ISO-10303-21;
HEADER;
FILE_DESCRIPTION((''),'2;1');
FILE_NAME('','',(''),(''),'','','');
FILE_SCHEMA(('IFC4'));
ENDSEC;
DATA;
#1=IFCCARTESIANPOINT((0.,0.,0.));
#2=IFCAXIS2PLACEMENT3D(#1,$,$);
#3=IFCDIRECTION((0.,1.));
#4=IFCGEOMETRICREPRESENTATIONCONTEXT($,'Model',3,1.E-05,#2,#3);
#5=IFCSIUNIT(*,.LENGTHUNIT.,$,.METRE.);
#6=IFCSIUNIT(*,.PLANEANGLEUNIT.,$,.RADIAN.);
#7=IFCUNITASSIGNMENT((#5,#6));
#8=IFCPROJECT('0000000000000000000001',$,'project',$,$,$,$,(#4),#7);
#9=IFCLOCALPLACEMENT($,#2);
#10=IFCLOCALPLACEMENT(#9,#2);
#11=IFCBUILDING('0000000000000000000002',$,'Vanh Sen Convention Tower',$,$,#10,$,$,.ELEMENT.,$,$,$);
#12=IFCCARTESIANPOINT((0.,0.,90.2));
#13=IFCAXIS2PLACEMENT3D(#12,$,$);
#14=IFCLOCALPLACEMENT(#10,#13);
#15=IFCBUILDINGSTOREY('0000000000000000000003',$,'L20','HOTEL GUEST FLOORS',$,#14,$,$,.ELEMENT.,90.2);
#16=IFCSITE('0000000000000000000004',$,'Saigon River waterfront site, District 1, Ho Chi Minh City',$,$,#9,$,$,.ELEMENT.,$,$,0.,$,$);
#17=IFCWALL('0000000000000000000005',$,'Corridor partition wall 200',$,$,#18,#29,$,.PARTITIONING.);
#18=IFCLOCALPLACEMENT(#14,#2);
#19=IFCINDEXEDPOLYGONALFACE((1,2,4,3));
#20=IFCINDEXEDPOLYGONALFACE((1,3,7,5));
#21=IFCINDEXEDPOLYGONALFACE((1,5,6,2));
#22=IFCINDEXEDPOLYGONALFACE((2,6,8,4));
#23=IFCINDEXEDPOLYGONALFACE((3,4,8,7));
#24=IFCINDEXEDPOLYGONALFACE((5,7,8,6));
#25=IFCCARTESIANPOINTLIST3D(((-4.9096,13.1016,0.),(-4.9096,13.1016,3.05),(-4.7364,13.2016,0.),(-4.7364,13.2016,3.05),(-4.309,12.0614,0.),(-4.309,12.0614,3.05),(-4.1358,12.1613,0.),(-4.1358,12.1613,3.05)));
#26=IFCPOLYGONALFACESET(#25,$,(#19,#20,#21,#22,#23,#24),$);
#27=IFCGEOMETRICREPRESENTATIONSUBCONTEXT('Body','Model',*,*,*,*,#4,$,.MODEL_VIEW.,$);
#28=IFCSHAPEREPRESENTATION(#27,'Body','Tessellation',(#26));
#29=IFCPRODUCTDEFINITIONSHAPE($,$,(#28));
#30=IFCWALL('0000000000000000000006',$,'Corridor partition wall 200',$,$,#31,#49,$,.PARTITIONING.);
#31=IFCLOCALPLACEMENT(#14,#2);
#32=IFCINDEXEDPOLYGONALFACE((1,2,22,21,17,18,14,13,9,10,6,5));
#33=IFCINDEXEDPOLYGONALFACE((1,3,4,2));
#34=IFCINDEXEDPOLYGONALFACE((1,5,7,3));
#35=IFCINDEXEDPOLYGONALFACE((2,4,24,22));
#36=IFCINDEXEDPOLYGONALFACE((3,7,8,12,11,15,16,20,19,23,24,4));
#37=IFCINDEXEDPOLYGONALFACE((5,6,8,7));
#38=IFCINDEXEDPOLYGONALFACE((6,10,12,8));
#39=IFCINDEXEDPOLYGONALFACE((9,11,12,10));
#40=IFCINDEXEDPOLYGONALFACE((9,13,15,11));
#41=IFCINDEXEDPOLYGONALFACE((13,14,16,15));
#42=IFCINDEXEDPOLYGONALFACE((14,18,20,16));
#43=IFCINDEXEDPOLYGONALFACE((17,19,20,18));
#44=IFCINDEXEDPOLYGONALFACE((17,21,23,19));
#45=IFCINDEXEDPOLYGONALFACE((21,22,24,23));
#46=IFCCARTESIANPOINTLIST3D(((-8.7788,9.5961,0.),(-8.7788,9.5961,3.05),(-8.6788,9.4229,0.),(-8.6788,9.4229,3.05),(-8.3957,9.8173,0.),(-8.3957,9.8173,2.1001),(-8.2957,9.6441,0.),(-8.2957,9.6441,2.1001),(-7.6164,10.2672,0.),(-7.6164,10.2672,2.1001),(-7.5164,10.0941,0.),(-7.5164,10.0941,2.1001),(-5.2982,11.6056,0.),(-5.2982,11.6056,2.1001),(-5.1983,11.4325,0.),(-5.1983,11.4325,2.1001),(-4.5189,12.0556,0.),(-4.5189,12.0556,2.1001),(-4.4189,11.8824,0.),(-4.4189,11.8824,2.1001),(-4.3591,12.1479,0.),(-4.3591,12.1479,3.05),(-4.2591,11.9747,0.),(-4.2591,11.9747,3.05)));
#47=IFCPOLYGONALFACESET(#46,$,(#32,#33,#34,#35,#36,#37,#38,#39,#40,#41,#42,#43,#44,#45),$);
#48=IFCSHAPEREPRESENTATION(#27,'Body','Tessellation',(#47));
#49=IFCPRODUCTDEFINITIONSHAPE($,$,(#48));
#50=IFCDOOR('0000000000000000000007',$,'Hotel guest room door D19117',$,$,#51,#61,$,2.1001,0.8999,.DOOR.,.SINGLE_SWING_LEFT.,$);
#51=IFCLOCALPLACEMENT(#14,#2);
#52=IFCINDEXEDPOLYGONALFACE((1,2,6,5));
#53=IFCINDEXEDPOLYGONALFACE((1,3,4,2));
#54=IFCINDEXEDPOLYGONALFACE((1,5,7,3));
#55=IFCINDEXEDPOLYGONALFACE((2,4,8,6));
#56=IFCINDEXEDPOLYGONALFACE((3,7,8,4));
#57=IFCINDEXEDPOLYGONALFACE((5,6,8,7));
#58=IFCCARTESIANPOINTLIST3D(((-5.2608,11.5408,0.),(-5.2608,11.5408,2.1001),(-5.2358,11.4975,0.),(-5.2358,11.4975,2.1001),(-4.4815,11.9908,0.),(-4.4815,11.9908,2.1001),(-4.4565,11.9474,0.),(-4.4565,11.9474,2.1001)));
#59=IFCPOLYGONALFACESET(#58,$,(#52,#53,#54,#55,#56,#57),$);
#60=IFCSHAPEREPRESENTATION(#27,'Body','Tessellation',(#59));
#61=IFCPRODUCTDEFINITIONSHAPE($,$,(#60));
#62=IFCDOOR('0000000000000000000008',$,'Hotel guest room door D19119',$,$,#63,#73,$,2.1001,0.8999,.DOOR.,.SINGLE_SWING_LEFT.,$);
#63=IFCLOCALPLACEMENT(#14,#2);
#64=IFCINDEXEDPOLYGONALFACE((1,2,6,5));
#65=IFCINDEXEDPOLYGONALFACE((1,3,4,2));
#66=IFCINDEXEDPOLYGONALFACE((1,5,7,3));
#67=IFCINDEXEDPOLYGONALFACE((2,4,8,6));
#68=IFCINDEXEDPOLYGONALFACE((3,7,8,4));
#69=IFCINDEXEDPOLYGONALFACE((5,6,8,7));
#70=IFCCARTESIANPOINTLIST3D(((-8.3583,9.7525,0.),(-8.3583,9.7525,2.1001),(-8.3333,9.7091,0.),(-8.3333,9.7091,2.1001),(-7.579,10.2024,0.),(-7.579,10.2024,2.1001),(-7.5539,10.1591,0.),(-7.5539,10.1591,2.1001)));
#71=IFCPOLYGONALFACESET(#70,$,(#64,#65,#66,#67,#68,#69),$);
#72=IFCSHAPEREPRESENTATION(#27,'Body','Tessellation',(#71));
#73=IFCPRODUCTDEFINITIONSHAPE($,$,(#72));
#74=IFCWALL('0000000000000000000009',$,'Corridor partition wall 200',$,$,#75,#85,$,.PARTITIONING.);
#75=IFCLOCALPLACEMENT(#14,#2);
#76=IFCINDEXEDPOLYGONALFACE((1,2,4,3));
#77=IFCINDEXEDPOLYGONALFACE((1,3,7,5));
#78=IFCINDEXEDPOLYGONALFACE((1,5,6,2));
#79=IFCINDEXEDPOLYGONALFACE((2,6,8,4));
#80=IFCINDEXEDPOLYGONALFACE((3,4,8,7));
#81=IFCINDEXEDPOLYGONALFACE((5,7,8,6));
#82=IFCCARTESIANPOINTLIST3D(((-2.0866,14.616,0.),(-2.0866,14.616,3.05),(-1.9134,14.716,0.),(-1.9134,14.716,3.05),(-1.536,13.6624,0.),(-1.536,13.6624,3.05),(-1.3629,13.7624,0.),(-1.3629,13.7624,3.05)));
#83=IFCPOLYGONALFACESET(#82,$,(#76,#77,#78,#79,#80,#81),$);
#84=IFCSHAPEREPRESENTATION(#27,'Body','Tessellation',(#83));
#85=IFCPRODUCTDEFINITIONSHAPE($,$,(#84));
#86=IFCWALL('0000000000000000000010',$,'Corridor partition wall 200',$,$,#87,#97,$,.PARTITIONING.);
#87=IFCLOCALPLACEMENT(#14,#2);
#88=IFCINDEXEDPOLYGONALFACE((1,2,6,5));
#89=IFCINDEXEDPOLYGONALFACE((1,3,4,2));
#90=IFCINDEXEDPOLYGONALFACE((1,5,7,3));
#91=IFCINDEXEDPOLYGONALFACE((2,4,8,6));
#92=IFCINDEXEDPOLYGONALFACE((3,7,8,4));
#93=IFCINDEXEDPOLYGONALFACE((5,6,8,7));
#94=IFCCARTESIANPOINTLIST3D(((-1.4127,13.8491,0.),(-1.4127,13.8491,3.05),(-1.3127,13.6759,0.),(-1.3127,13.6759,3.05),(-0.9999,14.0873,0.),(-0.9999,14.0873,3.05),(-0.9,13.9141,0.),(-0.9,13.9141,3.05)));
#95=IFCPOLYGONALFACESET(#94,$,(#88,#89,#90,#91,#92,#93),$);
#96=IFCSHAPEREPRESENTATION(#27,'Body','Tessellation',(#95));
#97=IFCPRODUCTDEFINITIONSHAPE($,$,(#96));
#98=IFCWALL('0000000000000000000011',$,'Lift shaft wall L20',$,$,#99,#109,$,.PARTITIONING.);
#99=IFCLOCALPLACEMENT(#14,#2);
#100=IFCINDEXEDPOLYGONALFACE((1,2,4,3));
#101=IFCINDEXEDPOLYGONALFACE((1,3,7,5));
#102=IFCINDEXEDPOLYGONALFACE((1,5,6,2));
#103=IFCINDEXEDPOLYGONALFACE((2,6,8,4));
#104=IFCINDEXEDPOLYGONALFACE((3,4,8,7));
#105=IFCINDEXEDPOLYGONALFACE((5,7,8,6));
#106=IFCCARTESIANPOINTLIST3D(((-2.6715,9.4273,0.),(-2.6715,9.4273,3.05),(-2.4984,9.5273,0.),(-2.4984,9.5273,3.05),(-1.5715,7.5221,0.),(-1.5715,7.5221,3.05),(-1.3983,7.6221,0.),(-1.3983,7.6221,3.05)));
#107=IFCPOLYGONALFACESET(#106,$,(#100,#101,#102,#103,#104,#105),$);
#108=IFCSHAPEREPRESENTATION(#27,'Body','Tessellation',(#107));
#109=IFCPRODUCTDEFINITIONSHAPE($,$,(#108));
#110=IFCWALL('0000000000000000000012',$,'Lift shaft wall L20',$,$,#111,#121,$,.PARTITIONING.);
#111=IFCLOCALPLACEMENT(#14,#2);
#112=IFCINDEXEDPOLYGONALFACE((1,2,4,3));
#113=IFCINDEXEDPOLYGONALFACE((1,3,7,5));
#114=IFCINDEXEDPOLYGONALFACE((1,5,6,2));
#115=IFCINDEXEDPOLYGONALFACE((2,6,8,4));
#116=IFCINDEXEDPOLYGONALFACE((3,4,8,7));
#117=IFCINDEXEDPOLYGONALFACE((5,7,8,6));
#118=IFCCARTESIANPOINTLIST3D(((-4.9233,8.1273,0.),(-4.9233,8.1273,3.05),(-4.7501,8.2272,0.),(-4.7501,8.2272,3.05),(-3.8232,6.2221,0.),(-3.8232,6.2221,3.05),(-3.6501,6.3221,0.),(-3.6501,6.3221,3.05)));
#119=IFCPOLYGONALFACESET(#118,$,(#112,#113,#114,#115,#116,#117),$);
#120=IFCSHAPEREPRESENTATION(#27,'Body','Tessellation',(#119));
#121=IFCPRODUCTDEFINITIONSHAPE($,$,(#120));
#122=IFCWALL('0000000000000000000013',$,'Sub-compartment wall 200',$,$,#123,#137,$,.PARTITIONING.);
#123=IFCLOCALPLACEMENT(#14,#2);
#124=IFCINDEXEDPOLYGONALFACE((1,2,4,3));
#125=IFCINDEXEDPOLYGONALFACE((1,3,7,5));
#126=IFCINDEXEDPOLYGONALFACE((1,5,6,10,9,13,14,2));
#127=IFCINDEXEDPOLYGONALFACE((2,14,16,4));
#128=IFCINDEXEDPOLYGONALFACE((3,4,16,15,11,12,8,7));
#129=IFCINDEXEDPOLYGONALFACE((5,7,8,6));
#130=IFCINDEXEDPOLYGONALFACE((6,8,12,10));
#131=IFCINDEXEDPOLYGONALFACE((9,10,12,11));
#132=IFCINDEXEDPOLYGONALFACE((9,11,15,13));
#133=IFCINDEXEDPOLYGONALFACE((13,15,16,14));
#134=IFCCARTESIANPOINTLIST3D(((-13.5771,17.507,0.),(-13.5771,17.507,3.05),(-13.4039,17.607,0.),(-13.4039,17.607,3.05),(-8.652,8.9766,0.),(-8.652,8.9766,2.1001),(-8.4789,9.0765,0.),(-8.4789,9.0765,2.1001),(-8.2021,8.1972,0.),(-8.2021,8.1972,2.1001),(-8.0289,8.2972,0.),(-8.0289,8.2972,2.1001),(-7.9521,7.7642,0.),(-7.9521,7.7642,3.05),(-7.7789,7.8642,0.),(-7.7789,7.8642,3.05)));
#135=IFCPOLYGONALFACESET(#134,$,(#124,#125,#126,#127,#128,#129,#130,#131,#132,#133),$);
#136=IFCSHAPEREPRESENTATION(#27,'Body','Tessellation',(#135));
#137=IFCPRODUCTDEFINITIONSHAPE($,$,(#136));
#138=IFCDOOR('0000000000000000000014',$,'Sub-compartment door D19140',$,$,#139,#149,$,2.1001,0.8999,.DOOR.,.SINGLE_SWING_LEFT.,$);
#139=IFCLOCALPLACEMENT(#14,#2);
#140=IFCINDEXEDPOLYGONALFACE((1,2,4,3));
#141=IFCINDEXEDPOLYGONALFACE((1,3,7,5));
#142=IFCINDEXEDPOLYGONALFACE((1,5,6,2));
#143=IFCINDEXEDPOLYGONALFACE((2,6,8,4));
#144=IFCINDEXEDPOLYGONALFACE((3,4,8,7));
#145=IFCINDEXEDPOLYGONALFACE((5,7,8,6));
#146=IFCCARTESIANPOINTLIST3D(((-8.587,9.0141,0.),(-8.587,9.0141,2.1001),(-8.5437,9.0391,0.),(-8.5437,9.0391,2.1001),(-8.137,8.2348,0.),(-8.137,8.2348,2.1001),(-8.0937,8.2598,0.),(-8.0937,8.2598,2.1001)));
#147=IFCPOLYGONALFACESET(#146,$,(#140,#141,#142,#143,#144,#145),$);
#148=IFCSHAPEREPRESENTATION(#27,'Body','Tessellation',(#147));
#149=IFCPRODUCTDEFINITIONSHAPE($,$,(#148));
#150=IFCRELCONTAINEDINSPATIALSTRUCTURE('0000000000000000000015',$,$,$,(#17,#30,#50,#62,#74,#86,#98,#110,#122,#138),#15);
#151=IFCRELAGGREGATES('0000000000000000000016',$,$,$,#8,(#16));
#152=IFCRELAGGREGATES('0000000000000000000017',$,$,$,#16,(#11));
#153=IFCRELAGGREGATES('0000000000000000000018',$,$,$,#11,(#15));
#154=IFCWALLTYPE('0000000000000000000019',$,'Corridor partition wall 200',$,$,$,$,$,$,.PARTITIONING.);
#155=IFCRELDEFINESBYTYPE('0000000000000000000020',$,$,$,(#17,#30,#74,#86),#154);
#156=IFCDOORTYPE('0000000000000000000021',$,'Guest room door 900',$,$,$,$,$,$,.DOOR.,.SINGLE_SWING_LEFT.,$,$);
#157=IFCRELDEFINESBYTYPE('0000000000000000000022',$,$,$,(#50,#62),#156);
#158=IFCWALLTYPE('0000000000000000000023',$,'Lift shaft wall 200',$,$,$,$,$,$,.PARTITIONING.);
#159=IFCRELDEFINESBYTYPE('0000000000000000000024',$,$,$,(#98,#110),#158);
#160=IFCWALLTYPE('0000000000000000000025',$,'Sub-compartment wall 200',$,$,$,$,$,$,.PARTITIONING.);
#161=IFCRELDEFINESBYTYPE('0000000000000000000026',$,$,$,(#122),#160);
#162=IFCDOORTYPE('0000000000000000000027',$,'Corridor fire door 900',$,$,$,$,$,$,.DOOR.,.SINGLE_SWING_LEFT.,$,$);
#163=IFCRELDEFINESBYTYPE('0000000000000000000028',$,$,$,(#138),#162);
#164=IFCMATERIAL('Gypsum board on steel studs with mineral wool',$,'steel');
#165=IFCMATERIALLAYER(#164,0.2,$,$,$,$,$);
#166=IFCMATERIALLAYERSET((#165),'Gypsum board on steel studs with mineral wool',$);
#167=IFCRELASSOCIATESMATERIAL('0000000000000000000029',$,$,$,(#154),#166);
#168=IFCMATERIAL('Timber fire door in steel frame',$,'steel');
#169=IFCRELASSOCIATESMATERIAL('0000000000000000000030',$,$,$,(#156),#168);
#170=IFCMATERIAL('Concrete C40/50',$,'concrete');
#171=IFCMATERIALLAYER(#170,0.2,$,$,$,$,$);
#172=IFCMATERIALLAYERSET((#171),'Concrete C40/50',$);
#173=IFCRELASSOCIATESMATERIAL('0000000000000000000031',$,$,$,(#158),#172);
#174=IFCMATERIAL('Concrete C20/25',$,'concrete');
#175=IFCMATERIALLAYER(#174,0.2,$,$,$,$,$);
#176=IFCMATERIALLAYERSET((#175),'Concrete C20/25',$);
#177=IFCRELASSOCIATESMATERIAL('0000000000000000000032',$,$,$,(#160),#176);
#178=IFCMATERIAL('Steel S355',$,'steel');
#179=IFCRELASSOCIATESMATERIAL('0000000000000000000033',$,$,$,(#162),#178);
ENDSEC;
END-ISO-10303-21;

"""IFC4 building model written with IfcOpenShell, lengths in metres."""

from ifc_helpers import new_model, si_unit, direction, frame, frame_2d, origin, place, context, subcontext, project, spatial, rectangle, extrude, material, layer, layer_set, type_object, element, fill, save


model = new_model("IFC4")

# Units and contexts
model_context = context("Model", 3, precision=1e-05, world=origin(), true_north=direction((0.0, 1.0)))
body_context = subcontext(model_context, "Body", "Model", "MODEL_VIEW")
ifc_project = project(units=[si_unit("LENGTHUNIT", "METRE"), si_unit("PLANEANGLEUNIT", "RADIAN")], contexts=[model_context])

# Site, building, storey
site_placement = place(None, origin())
site = spatial("IfcSite", under=ifc_project, at=site_placement, Name="Saigon River waterfront site, District 1, Ho Chi Minh City", CompositionType="ELEMENT", RefElevation=0.0)
building_placement = place(site_placement, origin())
building = spatial("IfcBuilding", under=site, at=building_placement, Name="Vanh Sen Convention Tower", CompositionType="ELEMENT")
storey_placement = place(building_placement, frame((0.0, 0.0, 90.2)))
storey = spatial("IfcBuildingStorey", under=building, at=storey_placement, Name="L20", Description="HOTEL GUEST FLOORS", CompositionType="ELEMENT", Elevation=90.2)

# Shared definitions
ifc_material_1 = material(Name="Gypsum board on steel studs with mineral wool", Category="steel")
ifc_layer_1 = layer(ifc_material_1, 0.2)
ifc_layer_set_1 = layer_set([ifc_layer_1], Name="Gypsum board on steel studs with mineral wool")
wall_type_1 = type_object("IfcWallType", Name="Corridor partition wall 200", PredefinedType="PARTITIONING", material=ifc_layer_set_1)
ifc_material_2 = material(Name="Timber fire door in steel frame", Category="steel")
door_type_1 = type_object("IfcDoorType", Name="Guest room door 900", OperationType="SINGLE_SWING_LEFT", PredefinedType="DOOR", material=ifc_material_2)

# Wall
wall_1_placement = place(storey_placement, frame((-4.823, 13.1516, 0.0), z_axis=(0.0, 0.0, 1.0), x_axis=(0.499986, -0.866033, 0.0)))
element("IfcWall", 1, at=wall_1_placement, inside=storey, type_object=wall_type_1, Name="Corridor partition wall 200", PredefinedType="PARTITIONING", context=body_context, shape_type="SweptSolid", body=[
    extrude(rectangle(XDim=1.2012, YDim=0.2, at=frame_2d((0.6006, 0.0))), origin(), (0.0, 0.0, 1.0), 3.05),
])

# Wall, openings, doors
wall_2_placement = place(storey_placement, frame((-4.3091, 12.0613, 0.0), z_axis=(0.0, 0.0, 1.0), x_axis=(-0.866021, -0.500008, 0.0)))
wall_2 = element("IfcWall", 2, at=wall_2_placement, inside=storey, type_object=wall_type_1, Name="Corridor partition wall 200", PredefinedType="PARTITIONING", context=body_context, shape_type="SweptSolid", body=[
    extrude(rectangle(XDim=5.1035, YDim=0.2, at=frame_2d((2.5518, 0.0))), origin(), (0.0, 0.0, 1.0), 3.05),
])
opening_1_placement = place(wall_2_placement, frame((0.1846, 0.0, 0.0)))
opening_1 = element("IfcOpeningElement", 3, at=opening_1_placement, cuts=wall_2, PredefinedType="OPENING", context=body_context, shape_type="SweptSolid", body=[
    extrude(rectangle(XDim=0.8999, YDim=2.1001, at=frame_2d((0.45, 1.05))), frame((0.0, 0.1099, 0.0), z_axis=(0.0, -1.0, 0.0), x_axis=(1.0, 0.0, 0.0)), (0.0, 0.0, 1.0), 0.22),
])
opening_2_placement = place(wall_2_placement, frame((3.7612, 0.0, 0.0)))
opening_2 = element("IfcOpeningElement", 4, at=opening_2_placement, cuts=wall_2, PredefinedType="OPENING", context=body_context, shape_type="SweptSolid", body=[
    extrude(rectangle(XDim=0.8999, YDim=2.1001, at=frame_2d((0.45, 1.05))), frame((0.0, 0.1099, 0.0), z_axis=(0.0, -1.0, 0.0), x_axis=(1.0, 0.0, 0.0)), (0.0, 0.0, 1.0), 0.22),
])
door_1_placement = place(opening_1_placement, origin())
door_1 = element("IfcDoor", 5, at=door_1_placement, inside=storey, type_object=door_type_1, Name="Hotel guest room door D19117", OperationType="SINGLE_SWING_LEFT", OverallHeight=2.1001, OverallWidth=0.8999, PredefinedType="DOOR", context=body_context, shape_type="SweptSolid", body=[
    extrude(rectangle(XDim=0.8999, YDim=2.1001, at=frame_2d((0.45, 1.05))), frame((0.0, 0.0249, 0.0), z_axis=(0.0, -1.0, 0.0), x_axis=(1.0, 0.0, 0.0)), (0.0, 0.0, 1.0), 0.05),
])
fill(opening_1, door_1)
door_2_placement = place(opening_2_placement, origin())
door_2 = element("IfcDoor", 6, at=door_2_placement, inside=storey, type_object=door_type_1, Name="Hotel guest room door D19119", OperationType="SINGLE_SWING_LEFT", OverallHeight=2.1001, OverallWidth=0.8999, PredefinedType="DOOR", context=body_context, shape_type="SweptSolid", body=[
    extrude(rectangle(XDim=0.8999, YDim=2.1001, at=frame_2d((0.45, 1.05))), frame((0.0, 0.0249, 0.0), z_axis=(0.0, -1.0, 0.0), x_axis=(1.0, 0.0, 0.0)), (0.0, 0.0, 1.0), 0.05),
])
fill(opening_2, door_2)

# Walls
wall_3_placement = place(storey_placement, frame((-1.4495, 13.7124, 0.0), z_axis=(0.0, 0.0, 1.0), x_axis=(-0.499978, 0.866038, 0.0)))
element("IfcWall", 7, at=wall_3_placement, inside=storey, type_object=wall_type_1, Name="Corridor partition wall 200", PredefinedType="PARTITIONING", context=body_context, shape_type="SweptSolid", body=[
    extrude(rectangle(XDim=1.1011, YDim=0.2, at=frame_2d((0.5505, 0.0))), origin(), (0.0, 0.0, 1.0), 3.05),
])
wall_4_placement = place(storey_placement, frame((-0.95, 14.0007, 0.0), z_axis=(0.0, 0.0, 1.0), x_axis=(-0.866092, -0.499885, 0.0)))
element("IfcWall", 8, at=wall_4_placement, inside=storey, type_object=wall_type_1, Name="Corridor partition wall 200", PredefinedType="PARTITIONING", context=body_context, shape_type="SweptSolid", body=[
    extrude(rectangle(XDim=0.4766, YDim=0.2, at=frame_2d((0.2383, 0.0))), origin(), (0.0, 0.0, 1.0), 3.05),
])
ifc_material_3 = material(Name="Concrete C40/50", Category="concrete")
ifc_layer_2 = layer(ifc_material_3, 0.2)
ifc_layer_set_2 = layer_set([ifc_layer_2], Name="Concrete C40/50")
wall_type_2 = type_object("IfcWallType", Name="Lift shaft wall 200", PredefinedType="PARTITIONING", material=ifc_layer_set_2)
for number, where, z_axis, x_axis, name in (
    (9, (-1.4849, 7.572, 0.0), (0.0, 0.0, 1.0), (-0.50003, 0.866008, 0.0), "Lift shaft wall L20"),
    (10, (-3.7366, 6.272, 0.0), (0.0, 0.0, 1.0), (-0.50003, 0.866008, 0.0), "Lift shaft wall L20"),
):
    element("IfcWall", number, at=place(storey_placement, frame(where, z_axis=z_axis, x_axis=x_axis)), inside=storey, type_object=wall_type_2, Name=name, PredefinedType="PARTITIONING", context=body_context, shape_type="SweptSolid", body=[
        extrude(rectangle(XDim=2.2, YDim=0.2, at=frame_2d((1.1001, 0.0))), origin(), (0.0, 0.0, 1.0), 3.05),
    ])

# Wall, opening, door
ifc_material_4 = material(Name="Concrete C20/25", Category="concrete")
ifc_layer_3 = layer(ifc_material_4, 0.2)
ifc_layer_set_3 = layer_set([ifc_layer_3], Name="Concrete C20/25")
wall_type_3 = type_object("IfcWallType", Name="Sub-compartment wall 200", PredefinedType="PARTITIONING", material=ifc_layer_set_3)
wall_5_placement = place(storey_placement, frame((-7.8655, 7.8142, 0.0), z_axis=(0.0, 0.0, 1.0), x_axis=(-0.500004, 0.866023, 0.0)))
wall_5 = element("IfcWall", 11, at=wall_5_placement, inside=storey, type_object=wall_type_3, Name="Sub-compartment wall 200", PredefinedType="PARTITIONING", context=body_context, shape_type="SweptSolid", body=[
    extrude(rectangle(XDim=11.25, YDim=0.2, at=frame_2d((5.625, 0.0))), origin(), (0.0, 0.0, 1.0), 3.05),
])
opening_3_placement = place(wall_5_placement, frame((0.5, 0.0, 0.0)))
opening_3 = element("IfcOpeningElement", 12, at=opening_3_placement, cuts=wall_5, PredefinedType="OPENING", context=body_context, shape_type="SweptSolid", body=[
    extrude(rectangle(XDim=0.8999, YDim=2.1001, at=frame_2d((0.45, 1.05))), frame((0.0, 0.1099, 0.0), z_axis=(0.0, -1.0, 0.0), x_axis=(1.0, 0.0, 0.0)), (0.0, 0.0, 1.0), 0.22),
])
ifc_material_5 = material(Name="Steel S355", Category="steel")
door_type_2 = type_object("IfcDoorType", Name="Corridor fire door 900", OperationType="SINGLE_SWING_LEFT", PredefinedType="DOOR", material=ifc_material_5)
door_3_placement = place(opening_3_placement, origin())
door_3 = element("IfcDoor", 13, at=door_3_placement, inside=storey, type_object=door_type_2, Name="Sub-compartment door D19140", OperationType="SINGLE_SWING_LEFT", OverallHeight=2.1001, OverallWidth=0.8999, PredefinedType="DOOR", context=body_context, shape_type="SweptSolid", body=[
    extrude(rectangle(XDim=0.8999, YDim=2.1001, at=frame_2d((0.45, 1.05))), frame((0.0, 0.0249, 0.0), z_axis=(0.0, -1.0, 0.0), x_axis=(1.0, 0.0, 0.0)), (0.0, 0.0, 1.0), 0.05),
])
fill(opening_3, door_3)

save(model, "model.ifc")
